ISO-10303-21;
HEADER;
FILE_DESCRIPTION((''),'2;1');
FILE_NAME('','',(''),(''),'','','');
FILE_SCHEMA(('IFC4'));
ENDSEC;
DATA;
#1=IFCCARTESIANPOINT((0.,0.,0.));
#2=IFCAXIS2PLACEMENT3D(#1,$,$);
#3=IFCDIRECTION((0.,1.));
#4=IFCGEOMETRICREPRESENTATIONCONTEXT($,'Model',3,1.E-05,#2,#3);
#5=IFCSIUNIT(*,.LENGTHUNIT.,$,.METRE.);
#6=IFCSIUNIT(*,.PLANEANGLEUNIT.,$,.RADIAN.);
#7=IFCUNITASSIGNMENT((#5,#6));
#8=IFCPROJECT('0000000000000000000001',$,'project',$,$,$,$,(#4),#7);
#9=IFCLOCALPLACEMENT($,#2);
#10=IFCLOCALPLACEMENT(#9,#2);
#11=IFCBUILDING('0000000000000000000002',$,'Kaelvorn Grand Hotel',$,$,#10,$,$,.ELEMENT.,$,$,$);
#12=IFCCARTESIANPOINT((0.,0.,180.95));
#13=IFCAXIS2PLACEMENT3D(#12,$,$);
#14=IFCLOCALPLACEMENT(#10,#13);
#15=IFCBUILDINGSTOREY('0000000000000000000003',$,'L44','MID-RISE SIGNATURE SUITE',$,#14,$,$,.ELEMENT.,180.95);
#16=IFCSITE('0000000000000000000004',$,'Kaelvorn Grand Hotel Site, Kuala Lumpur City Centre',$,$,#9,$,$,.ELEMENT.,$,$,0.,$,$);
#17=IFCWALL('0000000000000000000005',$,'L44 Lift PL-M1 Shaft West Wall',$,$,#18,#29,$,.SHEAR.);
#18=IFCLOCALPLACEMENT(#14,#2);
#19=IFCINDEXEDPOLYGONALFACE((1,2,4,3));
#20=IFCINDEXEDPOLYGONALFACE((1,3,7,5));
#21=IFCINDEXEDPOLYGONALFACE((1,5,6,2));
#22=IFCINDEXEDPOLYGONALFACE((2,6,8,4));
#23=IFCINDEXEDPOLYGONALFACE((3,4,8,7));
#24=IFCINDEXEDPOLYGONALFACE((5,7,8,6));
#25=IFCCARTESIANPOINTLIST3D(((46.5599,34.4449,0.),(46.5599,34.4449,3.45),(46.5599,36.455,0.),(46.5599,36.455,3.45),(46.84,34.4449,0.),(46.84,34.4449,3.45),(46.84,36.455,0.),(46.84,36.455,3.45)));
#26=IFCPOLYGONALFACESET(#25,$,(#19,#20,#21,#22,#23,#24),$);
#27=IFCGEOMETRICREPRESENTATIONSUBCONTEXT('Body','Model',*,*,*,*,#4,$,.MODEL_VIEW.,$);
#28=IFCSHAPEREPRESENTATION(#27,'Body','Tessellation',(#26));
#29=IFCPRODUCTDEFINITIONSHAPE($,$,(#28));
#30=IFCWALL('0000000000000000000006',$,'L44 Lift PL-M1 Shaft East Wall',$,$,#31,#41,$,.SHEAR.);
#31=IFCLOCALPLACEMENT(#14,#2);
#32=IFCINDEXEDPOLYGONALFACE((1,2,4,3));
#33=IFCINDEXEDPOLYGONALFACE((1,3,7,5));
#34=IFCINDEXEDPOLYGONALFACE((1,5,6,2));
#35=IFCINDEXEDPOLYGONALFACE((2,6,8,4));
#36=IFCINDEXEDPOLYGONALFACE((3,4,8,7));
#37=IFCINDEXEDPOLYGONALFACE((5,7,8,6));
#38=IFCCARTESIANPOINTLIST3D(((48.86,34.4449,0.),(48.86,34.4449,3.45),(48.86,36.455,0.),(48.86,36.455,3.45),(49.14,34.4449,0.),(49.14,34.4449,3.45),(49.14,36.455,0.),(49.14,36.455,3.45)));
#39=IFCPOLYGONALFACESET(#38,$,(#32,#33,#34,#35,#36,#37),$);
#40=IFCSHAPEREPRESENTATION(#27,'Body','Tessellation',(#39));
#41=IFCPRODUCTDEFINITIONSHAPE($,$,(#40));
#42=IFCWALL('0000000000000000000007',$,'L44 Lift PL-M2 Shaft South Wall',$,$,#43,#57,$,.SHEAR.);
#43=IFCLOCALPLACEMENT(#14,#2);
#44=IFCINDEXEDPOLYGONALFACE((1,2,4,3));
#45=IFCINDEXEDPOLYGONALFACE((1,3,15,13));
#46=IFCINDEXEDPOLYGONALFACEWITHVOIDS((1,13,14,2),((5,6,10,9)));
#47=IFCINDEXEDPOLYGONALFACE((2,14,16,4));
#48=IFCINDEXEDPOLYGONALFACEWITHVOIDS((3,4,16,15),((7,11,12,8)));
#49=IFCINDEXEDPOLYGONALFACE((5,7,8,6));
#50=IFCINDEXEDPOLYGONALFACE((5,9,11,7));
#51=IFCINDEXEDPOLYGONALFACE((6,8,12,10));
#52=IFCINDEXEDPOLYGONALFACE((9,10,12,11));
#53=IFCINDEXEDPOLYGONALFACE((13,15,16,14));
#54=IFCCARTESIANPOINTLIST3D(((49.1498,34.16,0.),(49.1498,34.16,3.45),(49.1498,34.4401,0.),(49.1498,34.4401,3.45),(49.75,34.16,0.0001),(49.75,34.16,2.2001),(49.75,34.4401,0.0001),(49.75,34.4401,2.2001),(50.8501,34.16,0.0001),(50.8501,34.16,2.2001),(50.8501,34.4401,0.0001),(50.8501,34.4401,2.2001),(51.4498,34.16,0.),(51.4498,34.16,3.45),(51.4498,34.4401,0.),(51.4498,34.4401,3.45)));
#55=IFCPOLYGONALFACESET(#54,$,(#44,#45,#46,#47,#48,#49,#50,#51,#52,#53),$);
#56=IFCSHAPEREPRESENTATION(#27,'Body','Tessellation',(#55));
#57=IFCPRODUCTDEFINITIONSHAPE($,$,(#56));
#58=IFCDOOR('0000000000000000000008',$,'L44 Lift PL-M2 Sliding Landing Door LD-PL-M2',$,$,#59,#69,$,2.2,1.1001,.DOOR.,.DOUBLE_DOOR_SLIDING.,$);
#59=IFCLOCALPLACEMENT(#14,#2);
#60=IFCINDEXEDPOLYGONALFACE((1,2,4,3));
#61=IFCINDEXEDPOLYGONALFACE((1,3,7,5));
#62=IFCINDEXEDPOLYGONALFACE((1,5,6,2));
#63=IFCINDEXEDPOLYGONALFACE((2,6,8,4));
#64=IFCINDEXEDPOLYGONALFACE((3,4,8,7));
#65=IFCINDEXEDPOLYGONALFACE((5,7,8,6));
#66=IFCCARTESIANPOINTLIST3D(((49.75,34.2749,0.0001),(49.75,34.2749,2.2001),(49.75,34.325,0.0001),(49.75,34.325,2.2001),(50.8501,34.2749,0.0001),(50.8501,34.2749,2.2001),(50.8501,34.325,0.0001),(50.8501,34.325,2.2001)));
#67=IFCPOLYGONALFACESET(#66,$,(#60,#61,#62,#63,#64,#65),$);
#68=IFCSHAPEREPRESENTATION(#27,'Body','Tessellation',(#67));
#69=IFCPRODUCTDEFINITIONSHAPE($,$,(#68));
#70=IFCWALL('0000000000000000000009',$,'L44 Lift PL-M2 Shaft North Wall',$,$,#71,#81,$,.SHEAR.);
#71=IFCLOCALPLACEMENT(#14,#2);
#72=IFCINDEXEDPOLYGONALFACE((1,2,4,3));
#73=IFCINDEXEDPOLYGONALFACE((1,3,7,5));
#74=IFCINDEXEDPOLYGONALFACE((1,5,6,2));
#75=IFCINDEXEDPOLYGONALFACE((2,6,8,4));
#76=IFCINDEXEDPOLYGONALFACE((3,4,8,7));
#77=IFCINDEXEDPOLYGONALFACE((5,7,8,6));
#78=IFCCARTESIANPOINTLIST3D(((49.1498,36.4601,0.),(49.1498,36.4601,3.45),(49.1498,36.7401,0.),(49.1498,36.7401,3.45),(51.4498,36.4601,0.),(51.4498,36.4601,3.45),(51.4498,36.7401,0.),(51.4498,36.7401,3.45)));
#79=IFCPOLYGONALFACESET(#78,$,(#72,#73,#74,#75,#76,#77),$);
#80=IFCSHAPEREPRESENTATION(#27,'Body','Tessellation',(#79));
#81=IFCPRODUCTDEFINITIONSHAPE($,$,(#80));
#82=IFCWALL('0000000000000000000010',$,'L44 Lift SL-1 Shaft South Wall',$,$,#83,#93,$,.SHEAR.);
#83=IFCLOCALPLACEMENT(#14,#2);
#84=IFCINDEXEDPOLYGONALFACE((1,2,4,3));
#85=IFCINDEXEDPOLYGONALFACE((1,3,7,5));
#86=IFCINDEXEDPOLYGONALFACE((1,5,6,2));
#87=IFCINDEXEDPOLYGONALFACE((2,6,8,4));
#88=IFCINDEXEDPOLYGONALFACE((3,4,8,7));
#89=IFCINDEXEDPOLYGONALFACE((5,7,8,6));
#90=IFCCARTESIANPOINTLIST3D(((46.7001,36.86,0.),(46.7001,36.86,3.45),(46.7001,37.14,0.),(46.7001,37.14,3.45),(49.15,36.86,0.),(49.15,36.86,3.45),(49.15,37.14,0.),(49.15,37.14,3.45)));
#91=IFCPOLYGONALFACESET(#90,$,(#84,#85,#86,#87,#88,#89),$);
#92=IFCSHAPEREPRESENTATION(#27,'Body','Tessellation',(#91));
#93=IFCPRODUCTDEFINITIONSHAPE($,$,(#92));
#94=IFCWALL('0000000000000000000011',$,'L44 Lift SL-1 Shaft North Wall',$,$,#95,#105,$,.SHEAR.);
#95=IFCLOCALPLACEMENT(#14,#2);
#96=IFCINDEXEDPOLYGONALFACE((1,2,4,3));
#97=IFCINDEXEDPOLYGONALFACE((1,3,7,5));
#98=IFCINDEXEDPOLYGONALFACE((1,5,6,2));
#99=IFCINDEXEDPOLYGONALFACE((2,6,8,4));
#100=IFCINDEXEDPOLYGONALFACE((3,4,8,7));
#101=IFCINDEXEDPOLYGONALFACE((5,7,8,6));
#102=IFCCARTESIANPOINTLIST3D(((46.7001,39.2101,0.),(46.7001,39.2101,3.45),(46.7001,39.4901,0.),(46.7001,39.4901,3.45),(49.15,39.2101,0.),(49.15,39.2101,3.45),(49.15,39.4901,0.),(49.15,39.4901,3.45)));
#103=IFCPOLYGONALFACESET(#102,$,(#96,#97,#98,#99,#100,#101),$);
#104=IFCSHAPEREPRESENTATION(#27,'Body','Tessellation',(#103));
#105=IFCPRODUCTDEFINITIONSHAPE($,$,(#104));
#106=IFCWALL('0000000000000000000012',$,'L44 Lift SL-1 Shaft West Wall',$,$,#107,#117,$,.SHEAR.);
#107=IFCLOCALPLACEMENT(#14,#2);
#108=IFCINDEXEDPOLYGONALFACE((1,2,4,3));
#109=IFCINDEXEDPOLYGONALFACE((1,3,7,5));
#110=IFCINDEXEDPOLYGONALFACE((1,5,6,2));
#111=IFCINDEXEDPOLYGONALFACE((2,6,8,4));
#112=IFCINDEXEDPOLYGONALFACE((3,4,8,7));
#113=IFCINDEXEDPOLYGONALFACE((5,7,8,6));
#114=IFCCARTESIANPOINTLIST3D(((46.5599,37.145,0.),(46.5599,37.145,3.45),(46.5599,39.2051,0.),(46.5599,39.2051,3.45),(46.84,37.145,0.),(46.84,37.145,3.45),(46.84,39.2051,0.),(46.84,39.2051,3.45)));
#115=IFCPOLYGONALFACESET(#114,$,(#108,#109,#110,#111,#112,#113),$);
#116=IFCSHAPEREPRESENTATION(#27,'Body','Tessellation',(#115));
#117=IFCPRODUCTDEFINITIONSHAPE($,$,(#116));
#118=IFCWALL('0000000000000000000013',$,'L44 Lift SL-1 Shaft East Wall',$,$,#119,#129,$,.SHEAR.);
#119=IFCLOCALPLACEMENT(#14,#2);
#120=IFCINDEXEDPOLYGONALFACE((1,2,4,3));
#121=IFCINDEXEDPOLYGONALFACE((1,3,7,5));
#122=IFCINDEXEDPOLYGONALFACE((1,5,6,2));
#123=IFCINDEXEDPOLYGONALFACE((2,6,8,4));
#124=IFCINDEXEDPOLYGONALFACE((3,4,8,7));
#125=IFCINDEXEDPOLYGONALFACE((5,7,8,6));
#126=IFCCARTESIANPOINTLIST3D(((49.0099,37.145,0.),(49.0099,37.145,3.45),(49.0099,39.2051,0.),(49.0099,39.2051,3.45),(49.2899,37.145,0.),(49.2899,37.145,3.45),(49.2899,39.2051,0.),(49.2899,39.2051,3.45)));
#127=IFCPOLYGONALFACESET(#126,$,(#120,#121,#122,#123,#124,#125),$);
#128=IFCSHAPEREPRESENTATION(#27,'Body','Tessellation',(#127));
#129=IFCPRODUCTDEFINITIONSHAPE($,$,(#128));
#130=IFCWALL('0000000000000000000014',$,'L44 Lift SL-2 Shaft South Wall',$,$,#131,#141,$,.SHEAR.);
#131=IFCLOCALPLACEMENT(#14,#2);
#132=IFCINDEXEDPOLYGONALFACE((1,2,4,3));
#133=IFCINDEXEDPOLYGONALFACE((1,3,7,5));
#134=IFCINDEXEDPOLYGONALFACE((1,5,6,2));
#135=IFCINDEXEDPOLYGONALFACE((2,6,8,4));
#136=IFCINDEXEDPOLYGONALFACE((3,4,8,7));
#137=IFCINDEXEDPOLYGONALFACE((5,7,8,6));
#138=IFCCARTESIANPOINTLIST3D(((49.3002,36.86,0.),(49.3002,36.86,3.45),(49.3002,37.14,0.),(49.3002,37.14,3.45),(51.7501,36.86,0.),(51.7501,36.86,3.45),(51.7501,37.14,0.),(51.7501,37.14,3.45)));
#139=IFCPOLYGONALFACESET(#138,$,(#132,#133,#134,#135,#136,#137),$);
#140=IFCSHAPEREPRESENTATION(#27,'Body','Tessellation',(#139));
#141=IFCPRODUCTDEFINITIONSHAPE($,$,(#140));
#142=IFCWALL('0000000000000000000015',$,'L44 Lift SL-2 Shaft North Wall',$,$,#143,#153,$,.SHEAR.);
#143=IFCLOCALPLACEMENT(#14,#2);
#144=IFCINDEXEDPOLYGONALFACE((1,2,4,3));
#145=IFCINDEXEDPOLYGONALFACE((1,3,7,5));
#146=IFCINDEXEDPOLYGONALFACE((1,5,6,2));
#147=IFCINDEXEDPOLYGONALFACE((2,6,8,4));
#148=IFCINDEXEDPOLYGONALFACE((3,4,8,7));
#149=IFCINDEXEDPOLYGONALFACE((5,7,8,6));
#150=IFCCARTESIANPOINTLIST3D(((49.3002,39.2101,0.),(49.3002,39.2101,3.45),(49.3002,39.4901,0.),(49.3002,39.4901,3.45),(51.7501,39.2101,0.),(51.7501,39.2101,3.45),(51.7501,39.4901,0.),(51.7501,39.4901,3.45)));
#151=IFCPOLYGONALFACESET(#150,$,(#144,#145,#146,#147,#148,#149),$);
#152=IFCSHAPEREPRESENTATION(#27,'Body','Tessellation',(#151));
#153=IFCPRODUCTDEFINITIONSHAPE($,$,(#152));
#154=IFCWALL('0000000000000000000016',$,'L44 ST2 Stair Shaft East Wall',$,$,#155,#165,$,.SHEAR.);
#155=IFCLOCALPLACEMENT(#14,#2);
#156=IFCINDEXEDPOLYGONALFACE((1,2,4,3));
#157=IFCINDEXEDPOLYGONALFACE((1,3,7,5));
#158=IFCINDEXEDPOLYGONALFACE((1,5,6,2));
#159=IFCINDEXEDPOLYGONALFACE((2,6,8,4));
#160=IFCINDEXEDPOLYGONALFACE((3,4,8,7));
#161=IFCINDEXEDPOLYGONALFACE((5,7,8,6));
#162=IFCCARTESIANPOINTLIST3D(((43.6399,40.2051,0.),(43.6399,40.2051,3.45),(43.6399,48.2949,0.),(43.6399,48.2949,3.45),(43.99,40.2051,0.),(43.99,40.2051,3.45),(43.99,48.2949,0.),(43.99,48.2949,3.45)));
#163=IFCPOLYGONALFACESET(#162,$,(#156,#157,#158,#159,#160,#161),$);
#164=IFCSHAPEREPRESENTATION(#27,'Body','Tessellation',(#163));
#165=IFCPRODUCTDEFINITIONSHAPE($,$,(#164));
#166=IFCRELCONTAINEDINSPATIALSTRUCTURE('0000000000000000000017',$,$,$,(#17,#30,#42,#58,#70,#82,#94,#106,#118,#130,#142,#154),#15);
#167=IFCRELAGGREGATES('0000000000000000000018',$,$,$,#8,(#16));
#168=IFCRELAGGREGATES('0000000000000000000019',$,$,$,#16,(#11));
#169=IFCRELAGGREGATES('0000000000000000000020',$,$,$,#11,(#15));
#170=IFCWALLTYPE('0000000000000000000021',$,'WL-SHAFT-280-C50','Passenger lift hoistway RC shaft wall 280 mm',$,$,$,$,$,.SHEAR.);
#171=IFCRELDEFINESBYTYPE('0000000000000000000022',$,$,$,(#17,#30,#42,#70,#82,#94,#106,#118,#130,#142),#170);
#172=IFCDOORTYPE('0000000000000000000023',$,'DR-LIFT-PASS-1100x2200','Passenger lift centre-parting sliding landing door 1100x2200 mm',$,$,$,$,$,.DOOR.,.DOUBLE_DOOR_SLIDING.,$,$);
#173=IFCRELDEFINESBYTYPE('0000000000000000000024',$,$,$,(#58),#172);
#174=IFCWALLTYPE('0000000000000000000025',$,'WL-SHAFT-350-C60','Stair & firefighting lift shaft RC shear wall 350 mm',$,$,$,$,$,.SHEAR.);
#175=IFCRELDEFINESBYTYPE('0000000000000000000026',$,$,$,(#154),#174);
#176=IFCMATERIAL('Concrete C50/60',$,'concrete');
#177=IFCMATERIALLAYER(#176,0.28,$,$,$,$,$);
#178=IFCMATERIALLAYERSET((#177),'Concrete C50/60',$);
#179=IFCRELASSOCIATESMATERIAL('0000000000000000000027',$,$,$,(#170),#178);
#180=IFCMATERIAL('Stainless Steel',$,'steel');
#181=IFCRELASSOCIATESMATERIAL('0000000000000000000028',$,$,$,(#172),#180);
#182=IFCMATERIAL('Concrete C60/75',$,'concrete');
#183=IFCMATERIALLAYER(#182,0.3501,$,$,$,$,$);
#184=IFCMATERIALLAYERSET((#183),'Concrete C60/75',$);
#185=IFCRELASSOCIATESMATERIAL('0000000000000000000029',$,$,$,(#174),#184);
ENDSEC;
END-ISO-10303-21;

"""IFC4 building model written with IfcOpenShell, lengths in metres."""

from ifc_helpers import new_model, si_unit, direction, frame, frame_2d, origin, place, context, subcontext, project, spatial, rectangle, extrude, material, layer, layer_set, type_object, element, fill, save


model = new_model("IFC4")

# Units and contexts
model_context = context("Model", 3, precision=1e-05, world=origin(), true_north=direction((0.0, 1.0)))
body_context = subcontext(model_context, "Body", "Model", "MODEL_VIEW")
ifc_project = project(units=[si_unit("LENGTHUNIT", "METRE"), si_unit("PLANEANGLEUNIT", "RADIAN")], contexts=[model_context])

# Site, building, storey
site_placement = place(None, origin())
site = spatial("IfcSite", under=ifc_project, at=site_placement, Name="Kaelvorn Grand Hotel Site, Kuala Lumpur City Centre", CompositionType="ELEMENT", RefElevation=0.0)
building_placement = place(site_placement, origin())
building = spatial("IfcBuilding", under=site, at=building_placement, Name="Kaelvorn Grand Hotel", CompositionType="ELEMENT")
storey_placement = place(building_placement, frame((0.0, 0.0, 180.95)))
storey = spatial("IfcBuildingStorey", under=building, at=storey_placement, Name="L44", Description="MID-RISE SIGNATURE SUITE", CompositionType="ELEMENT", Elevation=180.95)

# Shared definitions
ifc_material_1 = material(Name="Concrete C60/75", Category="concrete")

# Shared definitions
ifc_material_2 = material(Name="Concrete C50/60", Category="concrete")

# Shared definitions
ifc_layer_1 = layer(ifc_material_2, 0.28)
ifc_layer_set_1 = layer_set([ifc_layer_1], Name="Concrete C50/60")
wall_type_1 = type_object("IfcWallType", Name="WL-SHAFT-280-C50", Description="Passenger lift hoistway RC shaft wall 280 mm", PredefinedType="SHEAR", material=ifc_layer_set_1)
ifc_material_3 = material(Name="Stainless Steel", Category="steel")
door_type_1 = type_object("IfcDoorType", Name="DR-LIFT-PASS-1100x2200", Description="Passenger lift centre-parting sliding landing door 1100x2200 mm", OperationType="DOUBLE_DOOR_SLIDING", PredefinedType="DOOR", material=ifc_material_3)

# Walls
for number, where, z_axis, x_axis, name in (
    (1, (46.7, 34.4451, 0.0), (0.0, 0.0, 1.0), (0.0, 1.0, 0.0), "L44 Lift PL-M1 Shaft West Wall"),
    (2, (49.0, 34.4451, 0.0), (0.0, 0.0, 1.0), (0.0, 1.0, 0.0), "L44 Lift PL-M1 Shaft East Wall"),
):
    element("IfcWall", number, at=place(storey_placement, frame(where, z_axis=z_axis, x_axis=x_axis)), inside=storey, type_object=wall_type_1, Name=name, PredefinedType="SHEAR", context=body_context, shape_type="SweptSolid", body=[
        extrude(rectangle(XDim=2.01, YDim=0.28, at=frame_2d((1.0049, 0.0))), origin(), (0.0, 0.0, 1.0), 3.45),
    ])

# Wall, opening, door
wall_1_placement = place(storey_placement, frame((49.1499, 34.3, 0.0), z_axis=(0.0, 0.0, 1.0), x_axis=(1.0, 0.0, 0.0)))
wall_1 = element("IfcWall", 3, at=wall_1_placement, inside=storey, type_object=wall_type_1, Name="L44 Lift PL-M2 Shaft South Wall", PredefinedType="SHEAR", context=body_context, shape_type="SweptSolid", body=[
    extrude(rectangle(XDim=2.3, YDim=0.28, at=frame_2d((1.1499, 0.0))), origin(), (0.0, 0.0, 1.0), 3.45),
])
opening_1_placement = place(wall_1_placement, frame((0.6001, 0.0, 0.0)))
opening_1 = element("IfcOpeningElement", 4, at=opening_1_placement, cuts=wall_1, PredefinedType="OPENING", context=body_context, shape_type="SweptSolid", body=[
    extrude(rectangle(XDim=1.1001, YDim=2.2, at=frame_2d((0.55, 1.1001))), frame((0.0, 0.1499, 0.0), z_axis=(0.0, -1.0, 0.0), x_axis=(1.0, 0.0, 0.0)), (0.0, 0.0, 1.0), 0.3),
])
door_1_placement = place(opening_1_placement, origin())
door_1 = element("IfcDoor", 5, at=door_1_placement, inside=storey, type_object=door_type_1, Name="L44 Lift PL-M2 Sliding Landing Door LD-PL-M2", OperationType="DOUBLE_DOOR_SLIDING", OverallHeight=2.2, OverallWidth=1.1001, PredefinedType="DOOR", context=body_context, shape_type="SweptSolid", body=[
    extrude(rectangle(XDim=1.1001, YDim=2.2, at=frame_2d((0.55, 1.1001))), frame((0.0, 0.0249, 0.0), z_axis=(0.0, -1.0, 0.0), x_axis=(1.0, 0.0, 0.0)), (0.0, 0.0, 1.0), 0.05),
])
fill(opening_1, door_1)

# Walls
wall_2_placement = place(storey_placement, frame((49.1499, 36.6001, 0.0), z_axis=(0.0, 0.0, 1.0), x_axis=(1.0, 0.0, 0.0)))
element("IfcWall", 6, at=wall_2_placement, inside=storey, type_object=wall_type_1, Name="L44 Lift PL-M2 Shaft North Wall", PredefinedType="SHEAR", context=body_context, shape_type="SweptSolid", body=[
    extrude(rectangle(XDim=2.3, YDim=0.28, at=frame_2d((1.1499, 0.0))), origin(), (0.0, 0.0, 1.0), 3.45),
])
for number, where, z_axis, x_axis, name in (
    (7, (46.7, 37.0, 0.0), (0.0, 0.0, 1.0), (1.0, 0.0, 0.0), "L44 Lift SL-1 Shaft South Wall"),
    (8, (46.7, 39.3501, 0.0), (0.0, 0.0, 1.0), (1.0, 0.0, 0.0), "L44 Lift SL-1 Shaft North Wall"),
):
    element("IfcWall", number, at=place(storey_placement, frame(where, z_axis=z_axis, x_axis=x_axis)), inside=storey, type_object=wall_type_1, Name=name, PredefinedType="SHEAR", context=body_context, shape_type="SweptSolid", body=[
        extrude(rectangle(XDim=2.45, YDim=0.28, at=frame_2d((1.2251, 0.0))), origin(), (0.0, 0.0, 1.0), 3.45),
    ])
for number, where, z_axis, x_axis, name in (
    (9, (46.7, 37.145, 0.0), (0.0, 0.0, 1.0), (0.0, 1.0, 0.0), "L44 Lift SL-1 Shaft West Wall"),
    (10, (49.1499, 37.145, 0.0), (0.0, 0.0, 1.0), (0.0, 1.0, 0.0), "L44 Lift SL-1 Shaft East Wall"),
):
    element("IfcWall", number, at=place(storey_placement, frame(where, z_axis=z_axis, x_axis=x_axis)), inside=storey, type_object=wall_type_1, Name=name, PredefinedType="SHEAR", context=body_context, shape_type="SweptSolid", body=[
        extrude(rectangle(XDim=2.0601, YDim=0.28, at=frame_2d((1.03, 0.0))), origin(), (0.0, 0.0, 1.0), 3.45),
    ])
for number, where, z_axis, x_axis, name in (
    (11, (49.3, 37.0, 0.0), (0.0, 0.0, 1.0), (1.0, 0.0, 0.0), "L44 Lift SL-2 Shaft South Wall"),
    (12, (49.3, 39.3501, 0.0), (0.0, 0.0, 1.0), (1.0, 0.0, 0.0), "L44 Lift SL-2 Shaft North Wall"),
):
    element("IfcWall", number, at=place(storey_placement, frame(where, z_axis=z_axis, x_axis=x_axis)), inside=storey, type_object=wall_type_1, Name=name, PredefinedType="SHEAR", context=body_context, shape_type="SweptSolid", body=[
        extrude(rectangle(XDim=2.45, YDim=0.28, at=frame_2d((1.2251, 0.0))), origin(), (0.0, 0.0, 1.0), 3.45),
    ])
ifc_layer_2 = layer(ifc_material_1, 0.3501)
ifc_layer_set_2 = layer_set([ifc_layer_2], Name="Concrete C60/75")
wall_type_2 = type_object("IfcWallType", Name="WL-SHAFT-350-C60", Description="Stair & firefighting lift shaft RC shear wall 350 mm", PredefinedType="SHEAR", material=ifc_layer_set_2)
wall_3_placement = place(storey_placement, frame((43.8149, 40.2051, 0.0), z_axis=(0.0, 0.0, 1.0), x_axis=(0.0, 1.0, 0.0)))
element("IfcWall", 13, at=wall_3_placement, inside=storey, type_object=wall_type_2, Name="L44 ST2 Stair Shaft East Wall", PredefinedType="SHEAR", context=body_context, shape_type="SweptSolid", body=[
    extrude(rectangle(XDim=8.0898, YDim=0.3501, at=frame_2d((4.0449, 0.0))), origin(), (0.0, 0.0, 1.0), 3.45),
])

save(model, "model.ifc")
